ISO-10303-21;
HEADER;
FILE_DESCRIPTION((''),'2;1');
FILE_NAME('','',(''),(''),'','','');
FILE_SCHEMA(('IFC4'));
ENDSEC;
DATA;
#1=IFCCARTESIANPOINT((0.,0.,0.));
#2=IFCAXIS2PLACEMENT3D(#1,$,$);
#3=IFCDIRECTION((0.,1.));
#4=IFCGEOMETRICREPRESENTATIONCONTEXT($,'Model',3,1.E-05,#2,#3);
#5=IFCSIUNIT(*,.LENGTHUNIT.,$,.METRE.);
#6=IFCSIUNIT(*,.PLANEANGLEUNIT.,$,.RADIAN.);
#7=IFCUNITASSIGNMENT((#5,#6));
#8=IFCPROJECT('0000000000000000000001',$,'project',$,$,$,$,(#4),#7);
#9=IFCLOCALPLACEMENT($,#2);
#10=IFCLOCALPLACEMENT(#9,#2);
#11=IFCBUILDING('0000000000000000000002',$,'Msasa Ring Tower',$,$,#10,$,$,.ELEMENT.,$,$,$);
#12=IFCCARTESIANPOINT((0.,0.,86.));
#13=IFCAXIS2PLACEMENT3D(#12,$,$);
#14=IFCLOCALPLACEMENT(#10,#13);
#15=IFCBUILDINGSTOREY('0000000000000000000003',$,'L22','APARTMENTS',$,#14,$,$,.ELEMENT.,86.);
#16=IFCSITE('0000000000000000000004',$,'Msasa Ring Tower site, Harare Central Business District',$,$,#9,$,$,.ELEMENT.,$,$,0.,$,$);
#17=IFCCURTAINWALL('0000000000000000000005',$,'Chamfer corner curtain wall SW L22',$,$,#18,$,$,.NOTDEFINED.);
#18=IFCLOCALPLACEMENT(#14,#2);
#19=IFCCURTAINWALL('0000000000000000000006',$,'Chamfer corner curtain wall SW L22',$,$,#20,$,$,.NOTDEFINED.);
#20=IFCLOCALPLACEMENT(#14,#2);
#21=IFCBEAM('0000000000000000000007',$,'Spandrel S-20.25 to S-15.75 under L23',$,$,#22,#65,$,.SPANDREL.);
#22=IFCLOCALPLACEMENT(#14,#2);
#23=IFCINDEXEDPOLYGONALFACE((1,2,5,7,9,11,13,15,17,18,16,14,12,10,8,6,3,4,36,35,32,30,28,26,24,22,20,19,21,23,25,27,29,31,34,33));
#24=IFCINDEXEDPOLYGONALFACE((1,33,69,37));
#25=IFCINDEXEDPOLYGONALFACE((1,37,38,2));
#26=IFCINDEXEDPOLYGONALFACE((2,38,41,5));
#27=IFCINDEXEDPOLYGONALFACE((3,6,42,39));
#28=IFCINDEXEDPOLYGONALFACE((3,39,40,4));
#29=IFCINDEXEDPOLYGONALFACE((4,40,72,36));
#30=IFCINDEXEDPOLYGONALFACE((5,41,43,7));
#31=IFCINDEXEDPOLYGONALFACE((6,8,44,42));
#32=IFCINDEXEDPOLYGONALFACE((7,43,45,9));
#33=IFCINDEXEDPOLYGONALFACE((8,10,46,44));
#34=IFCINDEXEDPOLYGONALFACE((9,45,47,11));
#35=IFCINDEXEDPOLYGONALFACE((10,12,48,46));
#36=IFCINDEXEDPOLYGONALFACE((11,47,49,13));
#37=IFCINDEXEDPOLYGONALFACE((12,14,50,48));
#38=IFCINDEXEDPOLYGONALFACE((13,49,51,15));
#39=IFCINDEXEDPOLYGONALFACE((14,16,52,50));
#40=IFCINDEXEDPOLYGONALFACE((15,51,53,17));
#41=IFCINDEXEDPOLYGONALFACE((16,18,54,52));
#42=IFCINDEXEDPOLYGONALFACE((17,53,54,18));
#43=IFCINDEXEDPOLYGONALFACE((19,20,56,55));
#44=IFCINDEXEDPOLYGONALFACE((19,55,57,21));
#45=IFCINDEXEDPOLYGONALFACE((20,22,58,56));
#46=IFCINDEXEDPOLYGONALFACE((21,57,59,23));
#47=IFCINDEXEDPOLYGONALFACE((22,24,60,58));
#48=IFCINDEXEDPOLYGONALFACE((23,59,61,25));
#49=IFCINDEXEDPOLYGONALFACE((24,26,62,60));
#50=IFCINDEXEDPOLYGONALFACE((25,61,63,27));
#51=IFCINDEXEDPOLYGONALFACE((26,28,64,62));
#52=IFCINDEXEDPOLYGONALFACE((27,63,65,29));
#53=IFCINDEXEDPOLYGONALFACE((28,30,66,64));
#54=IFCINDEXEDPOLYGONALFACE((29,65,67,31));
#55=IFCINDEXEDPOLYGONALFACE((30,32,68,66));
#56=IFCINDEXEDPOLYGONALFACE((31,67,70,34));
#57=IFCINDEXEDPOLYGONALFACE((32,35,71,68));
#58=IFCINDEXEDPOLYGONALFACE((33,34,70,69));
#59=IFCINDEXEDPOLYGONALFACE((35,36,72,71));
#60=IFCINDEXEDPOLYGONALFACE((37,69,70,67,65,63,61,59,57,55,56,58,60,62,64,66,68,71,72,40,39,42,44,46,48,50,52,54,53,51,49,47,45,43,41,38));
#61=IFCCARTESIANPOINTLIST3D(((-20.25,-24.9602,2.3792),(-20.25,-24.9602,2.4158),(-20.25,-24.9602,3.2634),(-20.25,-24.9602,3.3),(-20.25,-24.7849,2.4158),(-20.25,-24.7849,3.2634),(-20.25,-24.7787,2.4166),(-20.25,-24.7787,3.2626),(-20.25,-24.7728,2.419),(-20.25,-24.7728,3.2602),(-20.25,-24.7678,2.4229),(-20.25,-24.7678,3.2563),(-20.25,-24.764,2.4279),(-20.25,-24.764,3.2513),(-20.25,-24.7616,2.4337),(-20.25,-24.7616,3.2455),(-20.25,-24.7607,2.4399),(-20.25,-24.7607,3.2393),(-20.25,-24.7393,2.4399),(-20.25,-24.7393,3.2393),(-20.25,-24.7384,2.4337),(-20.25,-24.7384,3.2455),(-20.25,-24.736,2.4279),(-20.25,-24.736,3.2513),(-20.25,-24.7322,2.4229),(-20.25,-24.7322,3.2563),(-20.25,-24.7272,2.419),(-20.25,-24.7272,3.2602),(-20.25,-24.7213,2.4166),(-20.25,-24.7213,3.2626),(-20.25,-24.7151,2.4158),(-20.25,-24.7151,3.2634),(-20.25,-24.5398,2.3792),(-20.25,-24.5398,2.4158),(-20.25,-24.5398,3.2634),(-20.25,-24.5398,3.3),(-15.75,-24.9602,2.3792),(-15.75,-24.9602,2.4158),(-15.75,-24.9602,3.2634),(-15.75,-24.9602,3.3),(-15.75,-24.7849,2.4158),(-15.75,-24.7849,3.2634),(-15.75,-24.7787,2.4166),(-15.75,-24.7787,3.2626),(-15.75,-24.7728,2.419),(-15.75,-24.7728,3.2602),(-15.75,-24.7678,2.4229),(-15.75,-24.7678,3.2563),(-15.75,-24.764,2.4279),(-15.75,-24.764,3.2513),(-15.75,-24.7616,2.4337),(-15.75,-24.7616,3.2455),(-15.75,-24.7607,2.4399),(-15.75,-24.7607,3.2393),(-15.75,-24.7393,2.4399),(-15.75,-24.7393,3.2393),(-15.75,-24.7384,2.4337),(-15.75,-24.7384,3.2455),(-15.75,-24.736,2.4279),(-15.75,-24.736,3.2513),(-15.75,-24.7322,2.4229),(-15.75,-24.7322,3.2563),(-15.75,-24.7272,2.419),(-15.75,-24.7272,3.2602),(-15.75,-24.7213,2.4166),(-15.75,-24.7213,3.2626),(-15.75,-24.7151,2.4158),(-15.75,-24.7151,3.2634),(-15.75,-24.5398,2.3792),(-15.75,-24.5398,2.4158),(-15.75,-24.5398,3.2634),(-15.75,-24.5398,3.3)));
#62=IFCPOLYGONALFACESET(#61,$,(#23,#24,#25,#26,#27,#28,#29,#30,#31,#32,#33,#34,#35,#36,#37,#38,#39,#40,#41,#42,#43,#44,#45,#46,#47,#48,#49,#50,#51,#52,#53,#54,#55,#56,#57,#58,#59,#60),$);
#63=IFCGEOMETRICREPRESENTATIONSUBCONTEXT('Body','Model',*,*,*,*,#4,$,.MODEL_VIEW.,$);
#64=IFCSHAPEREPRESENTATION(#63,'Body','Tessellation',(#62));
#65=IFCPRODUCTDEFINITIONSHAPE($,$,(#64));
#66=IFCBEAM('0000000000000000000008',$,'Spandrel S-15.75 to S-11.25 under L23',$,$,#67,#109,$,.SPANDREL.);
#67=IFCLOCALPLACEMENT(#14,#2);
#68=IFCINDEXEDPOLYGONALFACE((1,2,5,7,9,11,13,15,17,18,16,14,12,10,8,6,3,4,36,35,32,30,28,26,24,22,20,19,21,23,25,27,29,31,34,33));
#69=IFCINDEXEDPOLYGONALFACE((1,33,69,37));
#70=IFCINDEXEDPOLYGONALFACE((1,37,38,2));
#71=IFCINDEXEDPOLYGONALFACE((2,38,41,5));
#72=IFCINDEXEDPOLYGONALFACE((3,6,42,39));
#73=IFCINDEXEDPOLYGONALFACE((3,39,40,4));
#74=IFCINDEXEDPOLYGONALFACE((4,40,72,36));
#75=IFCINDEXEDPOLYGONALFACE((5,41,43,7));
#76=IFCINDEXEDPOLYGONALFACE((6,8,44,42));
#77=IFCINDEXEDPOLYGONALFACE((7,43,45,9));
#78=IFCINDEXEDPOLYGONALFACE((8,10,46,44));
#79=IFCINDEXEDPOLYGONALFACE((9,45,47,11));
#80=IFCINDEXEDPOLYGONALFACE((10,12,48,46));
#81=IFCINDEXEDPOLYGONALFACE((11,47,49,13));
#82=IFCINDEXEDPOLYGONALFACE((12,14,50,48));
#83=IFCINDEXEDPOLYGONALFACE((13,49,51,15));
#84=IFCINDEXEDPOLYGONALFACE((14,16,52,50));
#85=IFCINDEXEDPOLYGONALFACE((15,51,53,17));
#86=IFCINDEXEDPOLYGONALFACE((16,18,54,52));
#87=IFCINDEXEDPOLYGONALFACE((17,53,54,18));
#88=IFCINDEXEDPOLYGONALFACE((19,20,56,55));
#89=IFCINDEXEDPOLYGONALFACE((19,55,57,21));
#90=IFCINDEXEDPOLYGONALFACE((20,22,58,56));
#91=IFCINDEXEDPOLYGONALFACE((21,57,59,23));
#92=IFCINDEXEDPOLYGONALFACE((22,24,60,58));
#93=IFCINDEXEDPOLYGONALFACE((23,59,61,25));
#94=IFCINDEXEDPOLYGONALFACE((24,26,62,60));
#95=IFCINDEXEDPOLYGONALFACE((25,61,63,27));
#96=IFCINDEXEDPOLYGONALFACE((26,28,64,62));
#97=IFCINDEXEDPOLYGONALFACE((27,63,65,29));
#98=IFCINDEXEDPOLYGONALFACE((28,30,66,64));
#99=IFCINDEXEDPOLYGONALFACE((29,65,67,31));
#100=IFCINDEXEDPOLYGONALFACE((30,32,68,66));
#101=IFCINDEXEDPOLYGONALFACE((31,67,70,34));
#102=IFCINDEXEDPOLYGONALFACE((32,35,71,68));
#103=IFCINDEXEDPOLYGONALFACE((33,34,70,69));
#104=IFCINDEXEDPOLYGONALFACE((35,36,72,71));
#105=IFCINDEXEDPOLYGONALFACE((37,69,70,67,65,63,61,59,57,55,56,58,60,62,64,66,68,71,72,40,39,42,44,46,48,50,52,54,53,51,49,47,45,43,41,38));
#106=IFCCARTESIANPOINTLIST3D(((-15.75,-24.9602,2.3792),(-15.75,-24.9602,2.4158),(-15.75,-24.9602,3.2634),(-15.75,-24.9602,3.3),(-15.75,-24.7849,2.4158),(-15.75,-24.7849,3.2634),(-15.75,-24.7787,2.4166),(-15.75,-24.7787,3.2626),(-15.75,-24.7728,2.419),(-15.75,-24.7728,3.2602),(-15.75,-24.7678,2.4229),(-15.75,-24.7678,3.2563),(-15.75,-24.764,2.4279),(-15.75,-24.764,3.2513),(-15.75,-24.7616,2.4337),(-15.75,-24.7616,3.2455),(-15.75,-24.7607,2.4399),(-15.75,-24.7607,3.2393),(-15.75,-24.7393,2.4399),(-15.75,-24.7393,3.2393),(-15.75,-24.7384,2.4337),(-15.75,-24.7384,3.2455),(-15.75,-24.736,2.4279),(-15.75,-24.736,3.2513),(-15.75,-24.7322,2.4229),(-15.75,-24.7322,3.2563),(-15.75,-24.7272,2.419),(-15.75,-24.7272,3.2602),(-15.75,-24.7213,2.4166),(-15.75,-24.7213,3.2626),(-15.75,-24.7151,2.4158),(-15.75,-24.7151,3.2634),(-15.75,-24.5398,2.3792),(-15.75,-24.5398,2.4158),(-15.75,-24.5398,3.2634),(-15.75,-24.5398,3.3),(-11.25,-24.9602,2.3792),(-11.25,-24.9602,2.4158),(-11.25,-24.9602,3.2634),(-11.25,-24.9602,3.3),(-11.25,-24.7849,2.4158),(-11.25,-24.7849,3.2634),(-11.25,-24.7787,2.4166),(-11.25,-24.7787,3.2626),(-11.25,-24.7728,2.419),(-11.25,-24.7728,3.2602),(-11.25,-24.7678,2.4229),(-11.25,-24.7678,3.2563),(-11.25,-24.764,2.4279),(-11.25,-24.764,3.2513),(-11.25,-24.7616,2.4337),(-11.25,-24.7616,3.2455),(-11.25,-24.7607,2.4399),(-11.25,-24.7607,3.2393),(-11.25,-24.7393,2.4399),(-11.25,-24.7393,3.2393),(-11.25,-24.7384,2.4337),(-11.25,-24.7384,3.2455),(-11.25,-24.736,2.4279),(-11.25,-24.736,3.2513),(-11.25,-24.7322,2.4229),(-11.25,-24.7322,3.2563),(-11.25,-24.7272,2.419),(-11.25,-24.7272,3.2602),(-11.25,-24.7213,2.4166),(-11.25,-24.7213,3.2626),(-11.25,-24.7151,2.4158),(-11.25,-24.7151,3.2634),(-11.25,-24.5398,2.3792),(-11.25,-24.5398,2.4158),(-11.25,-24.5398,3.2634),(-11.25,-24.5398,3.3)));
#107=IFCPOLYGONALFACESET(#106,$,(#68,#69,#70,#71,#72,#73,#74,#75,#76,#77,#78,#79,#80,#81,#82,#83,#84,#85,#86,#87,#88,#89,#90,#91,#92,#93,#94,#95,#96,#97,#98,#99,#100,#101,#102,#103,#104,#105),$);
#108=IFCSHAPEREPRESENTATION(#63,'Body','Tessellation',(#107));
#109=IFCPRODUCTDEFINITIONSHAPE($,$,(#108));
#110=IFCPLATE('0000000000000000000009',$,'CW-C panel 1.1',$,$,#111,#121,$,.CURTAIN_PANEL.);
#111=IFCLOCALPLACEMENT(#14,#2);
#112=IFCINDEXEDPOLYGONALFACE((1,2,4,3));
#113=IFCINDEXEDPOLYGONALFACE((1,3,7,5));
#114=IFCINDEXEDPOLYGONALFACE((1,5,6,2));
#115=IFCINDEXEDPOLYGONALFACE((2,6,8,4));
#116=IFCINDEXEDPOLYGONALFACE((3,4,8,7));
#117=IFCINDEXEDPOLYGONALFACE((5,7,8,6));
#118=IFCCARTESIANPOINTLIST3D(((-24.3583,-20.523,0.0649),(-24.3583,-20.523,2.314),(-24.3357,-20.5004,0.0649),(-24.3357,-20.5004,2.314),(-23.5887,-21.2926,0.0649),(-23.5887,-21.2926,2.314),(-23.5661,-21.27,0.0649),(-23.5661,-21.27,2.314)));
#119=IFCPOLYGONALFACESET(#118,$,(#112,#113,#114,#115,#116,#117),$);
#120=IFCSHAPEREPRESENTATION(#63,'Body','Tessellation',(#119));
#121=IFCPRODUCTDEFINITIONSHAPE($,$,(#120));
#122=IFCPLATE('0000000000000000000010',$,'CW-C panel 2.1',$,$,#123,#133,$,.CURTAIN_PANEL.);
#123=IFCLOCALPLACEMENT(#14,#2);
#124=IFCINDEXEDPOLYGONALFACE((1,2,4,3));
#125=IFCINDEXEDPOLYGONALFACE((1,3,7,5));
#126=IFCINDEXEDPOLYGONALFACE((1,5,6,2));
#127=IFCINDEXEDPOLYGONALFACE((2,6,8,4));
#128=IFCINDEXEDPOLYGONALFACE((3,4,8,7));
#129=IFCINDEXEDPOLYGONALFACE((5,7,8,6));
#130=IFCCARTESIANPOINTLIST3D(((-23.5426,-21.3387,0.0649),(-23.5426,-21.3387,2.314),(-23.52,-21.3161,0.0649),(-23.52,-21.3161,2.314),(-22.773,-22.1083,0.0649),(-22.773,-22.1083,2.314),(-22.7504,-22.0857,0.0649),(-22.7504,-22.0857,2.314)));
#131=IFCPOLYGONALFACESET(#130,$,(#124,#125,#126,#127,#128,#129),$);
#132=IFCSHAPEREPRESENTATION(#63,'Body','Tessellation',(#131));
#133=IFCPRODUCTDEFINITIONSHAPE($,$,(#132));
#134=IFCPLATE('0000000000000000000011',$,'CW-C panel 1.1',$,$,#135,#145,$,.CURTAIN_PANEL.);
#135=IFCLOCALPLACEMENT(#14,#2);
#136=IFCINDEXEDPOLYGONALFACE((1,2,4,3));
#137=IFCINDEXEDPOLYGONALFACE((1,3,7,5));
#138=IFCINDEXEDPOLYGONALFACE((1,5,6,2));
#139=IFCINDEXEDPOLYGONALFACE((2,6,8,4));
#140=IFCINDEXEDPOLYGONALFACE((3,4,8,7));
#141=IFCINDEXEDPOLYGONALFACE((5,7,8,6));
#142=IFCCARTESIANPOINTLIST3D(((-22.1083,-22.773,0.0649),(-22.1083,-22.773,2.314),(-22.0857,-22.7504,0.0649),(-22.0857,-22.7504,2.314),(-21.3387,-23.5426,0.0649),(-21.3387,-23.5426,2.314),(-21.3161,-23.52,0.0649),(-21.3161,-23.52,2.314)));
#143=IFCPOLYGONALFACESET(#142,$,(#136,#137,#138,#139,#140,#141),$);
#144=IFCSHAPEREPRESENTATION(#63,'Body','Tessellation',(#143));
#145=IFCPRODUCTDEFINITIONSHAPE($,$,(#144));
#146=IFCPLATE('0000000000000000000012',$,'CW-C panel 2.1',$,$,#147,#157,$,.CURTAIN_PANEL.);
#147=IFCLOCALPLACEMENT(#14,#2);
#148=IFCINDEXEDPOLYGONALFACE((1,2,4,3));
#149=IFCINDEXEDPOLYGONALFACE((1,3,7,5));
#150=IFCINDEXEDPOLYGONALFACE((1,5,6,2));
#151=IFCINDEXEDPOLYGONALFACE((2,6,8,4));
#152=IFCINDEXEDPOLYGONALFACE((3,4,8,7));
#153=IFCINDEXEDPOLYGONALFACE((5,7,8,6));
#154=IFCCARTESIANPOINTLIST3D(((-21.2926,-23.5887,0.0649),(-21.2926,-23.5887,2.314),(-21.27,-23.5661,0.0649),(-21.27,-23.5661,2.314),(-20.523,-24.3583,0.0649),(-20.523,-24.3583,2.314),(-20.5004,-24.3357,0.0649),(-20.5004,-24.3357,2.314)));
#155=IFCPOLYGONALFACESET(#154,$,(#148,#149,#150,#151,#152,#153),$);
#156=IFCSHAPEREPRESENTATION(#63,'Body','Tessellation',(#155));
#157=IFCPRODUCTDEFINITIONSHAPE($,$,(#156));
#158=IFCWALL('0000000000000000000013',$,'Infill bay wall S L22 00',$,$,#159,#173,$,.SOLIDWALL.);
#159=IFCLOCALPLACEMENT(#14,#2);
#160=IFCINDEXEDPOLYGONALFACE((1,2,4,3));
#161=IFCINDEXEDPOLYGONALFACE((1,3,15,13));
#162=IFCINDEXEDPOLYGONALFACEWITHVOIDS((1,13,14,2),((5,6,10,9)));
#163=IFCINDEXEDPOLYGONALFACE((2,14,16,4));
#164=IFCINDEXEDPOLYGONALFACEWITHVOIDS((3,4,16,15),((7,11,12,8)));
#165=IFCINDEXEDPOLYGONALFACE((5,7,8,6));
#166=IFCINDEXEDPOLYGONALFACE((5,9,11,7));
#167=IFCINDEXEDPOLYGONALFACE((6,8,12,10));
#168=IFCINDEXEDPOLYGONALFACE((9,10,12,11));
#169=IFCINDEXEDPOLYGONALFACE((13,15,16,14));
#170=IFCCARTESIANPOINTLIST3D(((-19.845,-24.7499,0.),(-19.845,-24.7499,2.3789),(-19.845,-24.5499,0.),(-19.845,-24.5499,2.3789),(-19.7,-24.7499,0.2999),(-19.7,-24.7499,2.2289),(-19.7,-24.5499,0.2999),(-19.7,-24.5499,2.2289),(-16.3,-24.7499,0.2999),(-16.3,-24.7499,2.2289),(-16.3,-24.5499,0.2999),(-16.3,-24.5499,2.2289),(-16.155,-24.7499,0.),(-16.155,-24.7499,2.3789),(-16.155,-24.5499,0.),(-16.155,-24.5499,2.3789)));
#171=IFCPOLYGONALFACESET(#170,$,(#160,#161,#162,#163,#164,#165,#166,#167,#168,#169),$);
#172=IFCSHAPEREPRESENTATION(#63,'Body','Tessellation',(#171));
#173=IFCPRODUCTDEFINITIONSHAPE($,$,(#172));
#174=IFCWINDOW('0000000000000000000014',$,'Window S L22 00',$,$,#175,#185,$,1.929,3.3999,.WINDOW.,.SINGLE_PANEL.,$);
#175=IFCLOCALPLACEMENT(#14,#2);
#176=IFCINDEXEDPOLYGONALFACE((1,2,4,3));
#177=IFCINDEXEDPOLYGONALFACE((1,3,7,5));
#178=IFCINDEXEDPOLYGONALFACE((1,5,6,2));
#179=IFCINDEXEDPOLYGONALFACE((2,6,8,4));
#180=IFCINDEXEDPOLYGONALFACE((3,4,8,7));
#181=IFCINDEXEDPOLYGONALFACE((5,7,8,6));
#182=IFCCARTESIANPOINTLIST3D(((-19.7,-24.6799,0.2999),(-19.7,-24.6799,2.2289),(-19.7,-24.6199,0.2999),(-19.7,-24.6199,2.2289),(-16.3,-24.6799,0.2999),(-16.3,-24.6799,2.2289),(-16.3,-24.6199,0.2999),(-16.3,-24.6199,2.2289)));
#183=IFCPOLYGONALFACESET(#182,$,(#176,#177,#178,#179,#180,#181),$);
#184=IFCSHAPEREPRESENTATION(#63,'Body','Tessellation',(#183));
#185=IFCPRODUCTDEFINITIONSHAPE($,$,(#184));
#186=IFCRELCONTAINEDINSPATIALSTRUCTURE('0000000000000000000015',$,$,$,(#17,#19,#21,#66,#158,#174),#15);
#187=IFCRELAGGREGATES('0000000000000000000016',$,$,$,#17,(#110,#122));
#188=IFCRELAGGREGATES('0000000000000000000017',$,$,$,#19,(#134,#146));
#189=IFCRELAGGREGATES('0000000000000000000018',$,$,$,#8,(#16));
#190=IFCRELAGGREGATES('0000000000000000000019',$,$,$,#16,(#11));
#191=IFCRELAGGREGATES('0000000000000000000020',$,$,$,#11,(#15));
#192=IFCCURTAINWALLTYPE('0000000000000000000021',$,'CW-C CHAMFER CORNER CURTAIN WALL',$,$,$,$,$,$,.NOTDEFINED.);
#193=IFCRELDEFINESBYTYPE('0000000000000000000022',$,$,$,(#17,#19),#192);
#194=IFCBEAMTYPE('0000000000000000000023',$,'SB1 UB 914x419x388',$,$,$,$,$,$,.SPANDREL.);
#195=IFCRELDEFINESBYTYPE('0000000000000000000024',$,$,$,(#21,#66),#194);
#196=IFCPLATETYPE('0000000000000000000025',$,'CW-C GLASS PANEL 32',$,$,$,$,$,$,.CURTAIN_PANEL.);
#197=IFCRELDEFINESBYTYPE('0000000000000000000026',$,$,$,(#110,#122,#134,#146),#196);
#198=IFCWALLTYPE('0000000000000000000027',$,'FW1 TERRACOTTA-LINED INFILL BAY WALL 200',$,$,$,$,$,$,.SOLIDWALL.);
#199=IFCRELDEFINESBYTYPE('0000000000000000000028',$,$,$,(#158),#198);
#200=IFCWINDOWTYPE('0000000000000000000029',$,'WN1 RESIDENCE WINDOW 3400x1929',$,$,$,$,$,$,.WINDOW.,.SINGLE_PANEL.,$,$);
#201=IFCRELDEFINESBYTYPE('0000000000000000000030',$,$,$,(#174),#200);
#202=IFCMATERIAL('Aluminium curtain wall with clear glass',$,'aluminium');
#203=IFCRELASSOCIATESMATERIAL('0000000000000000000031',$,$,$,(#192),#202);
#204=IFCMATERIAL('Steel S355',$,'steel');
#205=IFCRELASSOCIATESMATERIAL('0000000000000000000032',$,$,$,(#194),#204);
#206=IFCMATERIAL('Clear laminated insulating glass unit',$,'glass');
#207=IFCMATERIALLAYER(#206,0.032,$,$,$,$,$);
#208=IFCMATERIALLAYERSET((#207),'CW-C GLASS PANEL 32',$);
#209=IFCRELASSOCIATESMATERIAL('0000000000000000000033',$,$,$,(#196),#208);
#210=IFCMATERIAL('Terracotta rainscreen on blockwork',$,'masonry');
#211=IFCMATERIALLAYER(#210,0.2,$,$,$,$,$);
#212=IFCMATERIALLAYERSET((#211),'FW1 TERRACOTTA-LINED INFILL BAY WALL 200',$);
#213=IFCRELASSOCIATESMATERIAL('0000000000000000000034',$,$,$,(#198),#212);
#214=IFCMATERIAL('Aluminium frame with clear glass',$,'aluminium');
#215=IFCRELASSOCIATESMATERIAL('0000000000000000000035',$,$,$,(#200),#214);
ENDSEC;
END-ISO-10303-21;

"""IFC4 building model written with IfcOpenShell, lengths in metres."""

from ifc_helpers import new_model, si_unit, direction, frame, frame_2d, origin, origin_2d, place, context, subcontext, project, spatial, rectangle, i_section, extrude, material, layer, layer_set, material_profile, profile_set, type_object, element, fill, aggregate, save


model = new_model("IFC4")

# Units and contexts
model_context = context("Model", 3, precision=1e-05, world=origin(), true_north=direction((0.0, 1.0)))
body_context = subcontext(model_context, "Body", "Model", "MODEL_VIEW")
ifc_project = project(units=[si_unit("LENGTHUNIT", "METRE"), si_unit("PLANEANGLEUNIT", "RADIAN")], contexts=[model_context])

# Site, building, storey
site_placement = place(None, origin())
site = spatial("IfcSite", under=ifc_project, at=site_placement, Name="Msasa Ring Tower site, Harare Central Business District", CompositionType="ELEMENT", RefElevation=0.0)
building_placement = place(site_placement, origin())
building = spatial("IfcBuilding", under=site, at=building_placement, Name="Msasa Ring Tower", CompositionType="ELEMENT")
storey_placement = place(building_placement, frame((0.0, 0.0, 86.0)))
storey = spatial("IfcBuildingStorey", under=building, at=storey_placement, Name="L22", Description="APARTMENTS", CompositionType="ELEMENT", Elevation=86.0)

# Curtain walls
ifc_material_1 = material(Name="Aluminium curtain wall with clear glass", Category="aluminium")
curtain_wall_type = type_object("IfcCurtainWallType", Name="CW-C CHAMFER CORNER CURTAIN WALL", PredefinedType="NOTDEFINED", material=ifc_material_1)
curtain_wall_1_placement = place(storey_placement, origin())
curtain_wall_1 = element("IfcCurtainWall", 1, at=curtain_wall_1_placement, inside=storey, type_object=curtain_wall_type, Name="Chamfer corner curtain wall SW L22", PredefinedType="NOTDEFINED")
curtain_wall_2_placement = place(storey_placement, origin())
curtain_wall_2 = element("IfcCurtainWall", 2, at=curtain_wall_2_placement, inside=storey, type_object=curtain_wall_type, Name="Chamfer corner curtain wall SW L22", PredefinedType="NOTDEFINED")

# Beams
ifc_material_2 = material(Name="Steel S355", Category="steel")
ifc_material_profile_1 = material_profile(ifc_material_2, i_section(OverallWidth=0.4204, OverallDepth=0.9209, WebThickness=0.0215, FlangeThickness=0.0366, FilletRadius=0.0242, at=origin_2d()), Name="UB 914x419x388")
ifc_profile_set_1 = profile_set([ifc_material_profile_1], Name="Steel S355")
beam_type_1 = type_object("IfcBeamType", Name="SB1 UB 914x419x388", PredefinedType="SPANDREL", material=ifc_profile_set_1)
for number, where, z_axis, x_axis, name in (
    (3, (-20.25, -24.75, 2.8396), (1.0, 0.0, 0.0), (0.0, 1.0, 0.0), "Spandrel S-20.25 to S-15.75 under L23"),
    (4, (-15.75, -24.75, 2.8396), (1.0, 0.0, 0.0), (0.0, 1.0, 0.0), "Spandrel S-15.75 to S-11.25 under L23"),
):
    element("IfcBeam", number, at=place(storey_placement, frame(where, z_axis=z_axis, x_axis=x_axis)), inside=storey, type_object=beam_type_1, Name=name, PredefinedType="SPANDREL", context=body_context, shape_type="SweptSolid", body=[
        extrude(i_section(OverallWidth=0.4204, OverallDepth=0.9209, WebThickness=0.0215, FlangeThickness=0.0366, FilletRadius=0.0242, at=origin_2d()), origin(), (0.0, 0.0, 1.0), 4.5),
    ])

# Plates
ifc_material_3 = material(Name="Clear laminated insulating glass unit", Category="glass")
ifc_layer_1 = layer(ifc_material_3, 0.032)
ifc_layer_set_1 = layer_set([ifc_layer_1], Name="CW-C GLASS PANEL 32")
plate_type = type_object("IfcPlateType", Name="CW-C GLASS PANEL 32", PredefinedType="CURTAIN_PANEL", material=ifc_layer_set_1)
plate_1_placement = place(storey_placement, frame((-23.9622, -20.8965, 0.0649), z_axis=(0.0, 0.0, 1.0), x_axis=(0.707107, -0.707107, 0.0)))
plate_1 = element("IfcPlate", 5, at=plate_1_placement, type_object=plate_type, Name="CW-C panel 1.1", PredefinedType="CURTAIN_PANEL", context=body_context, shape_type="SweptSolid", body=[
    extrude(rectangle(XDim=1.0884, YDim=0.032, at=origin_2d()), origin(), (0.0, 0.0, 1.0), 2.249),
])
plate_2_placement = place(storey_placement, frame((-23.1465, -21.7122, 0.0649), z_axis=(0.0, 0.0, 1.0), x_axis=(0.707107, -0.707107, 0.0)))
plate_2 = element("IfcPlate", 6, at=plate_2_placement, type_object=plate_type, Name="CW-C panel 2.1", PredefinedType="CURTAIN_PANEL", context=body_context, shape_type="SweptSolid", body=[
    extrude(rectangle(XDim=1.0884, YDim=0.032, at=origin_2d()), origin(), (0.0, 0.0, 1.0), 2.249),
])
aggregate(curtain_wall_1, [plate_1, plate_2])
plate_3_placement = place(storey_placement, frame((-21.7122, -23.1465, 0.0649), z_axis=(0.0, 0.0, 1.0), x_axis=(0.707107, -0.707107, 0.0)))
plate_3 = element("IfcPlate", 7, at=plate_3_placement, type_object=plate_type, Name="CW-C panel 1.1", PredefinedType="CURTAIN_PANEL", context=body_context, shape_type="SweptSolid", body=[
    extrude(rectangle(XDim=1.0884, YDim=0.032, at=origin_2d()), origin(), (0.0, 0.0, 1.0), 2.249),
])
plate_4_placement = place(storey_placement, frame((-20.8965, -23.9622, 0.0649), z_axis=(0.0, 0.0, 1.0), x_axis=(0.707107, -0.707107, 0.0)))
plate_4 = element("IfcPlate", 8, at=plate_4_placement, type_object=plate_type, Name="CW-C panel 2.1", PredefinedType="CURTAIN_PANEL", context=body_context, shape_type="SweptSolid", body=[
    extrude(rectangle(XDim=1.0884, YDim=0.032, at=origin_2d()), origin(), (0.0, 0.0, 1.0), 2.249),
])
aggregate(curtain_wall_2, [plate_3, plate_4])

# Wall, opening, window
ifc_material_4 = material(Name="Terracotta rainscreen on blockwork", Category="masonry")
ifc_layer_2 = layer(ifc_material_4, 0.2)
ifc_layer_set_2 = layer_set([ifc_layer_2], Name="FW1 TERRACOTTA-LINED INFILL BAY WALL 200")
wall_type_1 = type_object("IfcWallType", Name="FW1 TERRACOTTA-LINED INFILL BAY WALL 200", PredefinedType="SOLIDWALL", material=ifc_layer_set_2)
wall_placement = place(storey_placement, frame((-19.845, -24.6499, 0.0), z_axis=(0.0, 0.0, 1.0), x_axis=(1.0, 0.0, 0.0)))
wall = element("IfcWall", 9, at=wall_placement, inside=storey, type_object=wall_type_1, Name="Infill bay wall S L22 00", PredefinedType="SOLIDWALL", context=body_context, shape_type="SweptSolid", body=[
    extrude(rectangle(XDim=3.6899, YDim=0.2, at=frame_2d((1.845, 0.0))), origin(), (0.0, 0.0, 1.0), 2.3789),
])
opening_placement = place(wall_placement, frame((0.145, 0.0, 0.3)))
opening = element("IfcOpeningElement", 10, at=opening_placement, cuts=wall, PredefinedType="OPENING", context=body_context, shape_type="SweptSolid", body=[
    extrude(rectangle(XDim=3.3999, YDim=1.929, at=frame_2d((1.7, 0.9644))), frame((0.0, 0.1099, 0.0), z_axis=(0.0, -1.0, 0.0), x_axis=(1.0, 0.0, 0.0)), (0.0, 0.0, 1.0), 0.22),
])
ifc_material_5 = material(Name="Aluminium frame with clear glass", Category="aluminium")
window_type = type_object("IfcWindowType", Name="WN1 RESIDENCE WINDOW 3400x1929", PartitioningType="SINGLE_PANEL", PredefinedType="WINDOW", material=ifc_material_5)
window_placement = place(opening_placement, origin())
window = element("IfcWindow", 11, at=window_placement, inside=storey, type_object=window_type, Name="Window S L22 00", OverallHeight=1.929, OverallWidth=3.3999, PartitioningType="SINGLE_PANEL", PredefinedType="WINDOW", context=body_context, shape_type="SweptSolid", body=[
    extrude(rectangle(XDim=3.3999, YDim=1.929, at=frame_2d((1.7, 0.9644))), frame((0.0, 0.03, 0.0), z_axis=(0.0, -1.0, 0.0), x_axis=(1.0, 0.0, 0.0)), (0.0, 0.0, 1.0), 0.0601),
])
fill(opening, window)

save(model, "model.ifc")
